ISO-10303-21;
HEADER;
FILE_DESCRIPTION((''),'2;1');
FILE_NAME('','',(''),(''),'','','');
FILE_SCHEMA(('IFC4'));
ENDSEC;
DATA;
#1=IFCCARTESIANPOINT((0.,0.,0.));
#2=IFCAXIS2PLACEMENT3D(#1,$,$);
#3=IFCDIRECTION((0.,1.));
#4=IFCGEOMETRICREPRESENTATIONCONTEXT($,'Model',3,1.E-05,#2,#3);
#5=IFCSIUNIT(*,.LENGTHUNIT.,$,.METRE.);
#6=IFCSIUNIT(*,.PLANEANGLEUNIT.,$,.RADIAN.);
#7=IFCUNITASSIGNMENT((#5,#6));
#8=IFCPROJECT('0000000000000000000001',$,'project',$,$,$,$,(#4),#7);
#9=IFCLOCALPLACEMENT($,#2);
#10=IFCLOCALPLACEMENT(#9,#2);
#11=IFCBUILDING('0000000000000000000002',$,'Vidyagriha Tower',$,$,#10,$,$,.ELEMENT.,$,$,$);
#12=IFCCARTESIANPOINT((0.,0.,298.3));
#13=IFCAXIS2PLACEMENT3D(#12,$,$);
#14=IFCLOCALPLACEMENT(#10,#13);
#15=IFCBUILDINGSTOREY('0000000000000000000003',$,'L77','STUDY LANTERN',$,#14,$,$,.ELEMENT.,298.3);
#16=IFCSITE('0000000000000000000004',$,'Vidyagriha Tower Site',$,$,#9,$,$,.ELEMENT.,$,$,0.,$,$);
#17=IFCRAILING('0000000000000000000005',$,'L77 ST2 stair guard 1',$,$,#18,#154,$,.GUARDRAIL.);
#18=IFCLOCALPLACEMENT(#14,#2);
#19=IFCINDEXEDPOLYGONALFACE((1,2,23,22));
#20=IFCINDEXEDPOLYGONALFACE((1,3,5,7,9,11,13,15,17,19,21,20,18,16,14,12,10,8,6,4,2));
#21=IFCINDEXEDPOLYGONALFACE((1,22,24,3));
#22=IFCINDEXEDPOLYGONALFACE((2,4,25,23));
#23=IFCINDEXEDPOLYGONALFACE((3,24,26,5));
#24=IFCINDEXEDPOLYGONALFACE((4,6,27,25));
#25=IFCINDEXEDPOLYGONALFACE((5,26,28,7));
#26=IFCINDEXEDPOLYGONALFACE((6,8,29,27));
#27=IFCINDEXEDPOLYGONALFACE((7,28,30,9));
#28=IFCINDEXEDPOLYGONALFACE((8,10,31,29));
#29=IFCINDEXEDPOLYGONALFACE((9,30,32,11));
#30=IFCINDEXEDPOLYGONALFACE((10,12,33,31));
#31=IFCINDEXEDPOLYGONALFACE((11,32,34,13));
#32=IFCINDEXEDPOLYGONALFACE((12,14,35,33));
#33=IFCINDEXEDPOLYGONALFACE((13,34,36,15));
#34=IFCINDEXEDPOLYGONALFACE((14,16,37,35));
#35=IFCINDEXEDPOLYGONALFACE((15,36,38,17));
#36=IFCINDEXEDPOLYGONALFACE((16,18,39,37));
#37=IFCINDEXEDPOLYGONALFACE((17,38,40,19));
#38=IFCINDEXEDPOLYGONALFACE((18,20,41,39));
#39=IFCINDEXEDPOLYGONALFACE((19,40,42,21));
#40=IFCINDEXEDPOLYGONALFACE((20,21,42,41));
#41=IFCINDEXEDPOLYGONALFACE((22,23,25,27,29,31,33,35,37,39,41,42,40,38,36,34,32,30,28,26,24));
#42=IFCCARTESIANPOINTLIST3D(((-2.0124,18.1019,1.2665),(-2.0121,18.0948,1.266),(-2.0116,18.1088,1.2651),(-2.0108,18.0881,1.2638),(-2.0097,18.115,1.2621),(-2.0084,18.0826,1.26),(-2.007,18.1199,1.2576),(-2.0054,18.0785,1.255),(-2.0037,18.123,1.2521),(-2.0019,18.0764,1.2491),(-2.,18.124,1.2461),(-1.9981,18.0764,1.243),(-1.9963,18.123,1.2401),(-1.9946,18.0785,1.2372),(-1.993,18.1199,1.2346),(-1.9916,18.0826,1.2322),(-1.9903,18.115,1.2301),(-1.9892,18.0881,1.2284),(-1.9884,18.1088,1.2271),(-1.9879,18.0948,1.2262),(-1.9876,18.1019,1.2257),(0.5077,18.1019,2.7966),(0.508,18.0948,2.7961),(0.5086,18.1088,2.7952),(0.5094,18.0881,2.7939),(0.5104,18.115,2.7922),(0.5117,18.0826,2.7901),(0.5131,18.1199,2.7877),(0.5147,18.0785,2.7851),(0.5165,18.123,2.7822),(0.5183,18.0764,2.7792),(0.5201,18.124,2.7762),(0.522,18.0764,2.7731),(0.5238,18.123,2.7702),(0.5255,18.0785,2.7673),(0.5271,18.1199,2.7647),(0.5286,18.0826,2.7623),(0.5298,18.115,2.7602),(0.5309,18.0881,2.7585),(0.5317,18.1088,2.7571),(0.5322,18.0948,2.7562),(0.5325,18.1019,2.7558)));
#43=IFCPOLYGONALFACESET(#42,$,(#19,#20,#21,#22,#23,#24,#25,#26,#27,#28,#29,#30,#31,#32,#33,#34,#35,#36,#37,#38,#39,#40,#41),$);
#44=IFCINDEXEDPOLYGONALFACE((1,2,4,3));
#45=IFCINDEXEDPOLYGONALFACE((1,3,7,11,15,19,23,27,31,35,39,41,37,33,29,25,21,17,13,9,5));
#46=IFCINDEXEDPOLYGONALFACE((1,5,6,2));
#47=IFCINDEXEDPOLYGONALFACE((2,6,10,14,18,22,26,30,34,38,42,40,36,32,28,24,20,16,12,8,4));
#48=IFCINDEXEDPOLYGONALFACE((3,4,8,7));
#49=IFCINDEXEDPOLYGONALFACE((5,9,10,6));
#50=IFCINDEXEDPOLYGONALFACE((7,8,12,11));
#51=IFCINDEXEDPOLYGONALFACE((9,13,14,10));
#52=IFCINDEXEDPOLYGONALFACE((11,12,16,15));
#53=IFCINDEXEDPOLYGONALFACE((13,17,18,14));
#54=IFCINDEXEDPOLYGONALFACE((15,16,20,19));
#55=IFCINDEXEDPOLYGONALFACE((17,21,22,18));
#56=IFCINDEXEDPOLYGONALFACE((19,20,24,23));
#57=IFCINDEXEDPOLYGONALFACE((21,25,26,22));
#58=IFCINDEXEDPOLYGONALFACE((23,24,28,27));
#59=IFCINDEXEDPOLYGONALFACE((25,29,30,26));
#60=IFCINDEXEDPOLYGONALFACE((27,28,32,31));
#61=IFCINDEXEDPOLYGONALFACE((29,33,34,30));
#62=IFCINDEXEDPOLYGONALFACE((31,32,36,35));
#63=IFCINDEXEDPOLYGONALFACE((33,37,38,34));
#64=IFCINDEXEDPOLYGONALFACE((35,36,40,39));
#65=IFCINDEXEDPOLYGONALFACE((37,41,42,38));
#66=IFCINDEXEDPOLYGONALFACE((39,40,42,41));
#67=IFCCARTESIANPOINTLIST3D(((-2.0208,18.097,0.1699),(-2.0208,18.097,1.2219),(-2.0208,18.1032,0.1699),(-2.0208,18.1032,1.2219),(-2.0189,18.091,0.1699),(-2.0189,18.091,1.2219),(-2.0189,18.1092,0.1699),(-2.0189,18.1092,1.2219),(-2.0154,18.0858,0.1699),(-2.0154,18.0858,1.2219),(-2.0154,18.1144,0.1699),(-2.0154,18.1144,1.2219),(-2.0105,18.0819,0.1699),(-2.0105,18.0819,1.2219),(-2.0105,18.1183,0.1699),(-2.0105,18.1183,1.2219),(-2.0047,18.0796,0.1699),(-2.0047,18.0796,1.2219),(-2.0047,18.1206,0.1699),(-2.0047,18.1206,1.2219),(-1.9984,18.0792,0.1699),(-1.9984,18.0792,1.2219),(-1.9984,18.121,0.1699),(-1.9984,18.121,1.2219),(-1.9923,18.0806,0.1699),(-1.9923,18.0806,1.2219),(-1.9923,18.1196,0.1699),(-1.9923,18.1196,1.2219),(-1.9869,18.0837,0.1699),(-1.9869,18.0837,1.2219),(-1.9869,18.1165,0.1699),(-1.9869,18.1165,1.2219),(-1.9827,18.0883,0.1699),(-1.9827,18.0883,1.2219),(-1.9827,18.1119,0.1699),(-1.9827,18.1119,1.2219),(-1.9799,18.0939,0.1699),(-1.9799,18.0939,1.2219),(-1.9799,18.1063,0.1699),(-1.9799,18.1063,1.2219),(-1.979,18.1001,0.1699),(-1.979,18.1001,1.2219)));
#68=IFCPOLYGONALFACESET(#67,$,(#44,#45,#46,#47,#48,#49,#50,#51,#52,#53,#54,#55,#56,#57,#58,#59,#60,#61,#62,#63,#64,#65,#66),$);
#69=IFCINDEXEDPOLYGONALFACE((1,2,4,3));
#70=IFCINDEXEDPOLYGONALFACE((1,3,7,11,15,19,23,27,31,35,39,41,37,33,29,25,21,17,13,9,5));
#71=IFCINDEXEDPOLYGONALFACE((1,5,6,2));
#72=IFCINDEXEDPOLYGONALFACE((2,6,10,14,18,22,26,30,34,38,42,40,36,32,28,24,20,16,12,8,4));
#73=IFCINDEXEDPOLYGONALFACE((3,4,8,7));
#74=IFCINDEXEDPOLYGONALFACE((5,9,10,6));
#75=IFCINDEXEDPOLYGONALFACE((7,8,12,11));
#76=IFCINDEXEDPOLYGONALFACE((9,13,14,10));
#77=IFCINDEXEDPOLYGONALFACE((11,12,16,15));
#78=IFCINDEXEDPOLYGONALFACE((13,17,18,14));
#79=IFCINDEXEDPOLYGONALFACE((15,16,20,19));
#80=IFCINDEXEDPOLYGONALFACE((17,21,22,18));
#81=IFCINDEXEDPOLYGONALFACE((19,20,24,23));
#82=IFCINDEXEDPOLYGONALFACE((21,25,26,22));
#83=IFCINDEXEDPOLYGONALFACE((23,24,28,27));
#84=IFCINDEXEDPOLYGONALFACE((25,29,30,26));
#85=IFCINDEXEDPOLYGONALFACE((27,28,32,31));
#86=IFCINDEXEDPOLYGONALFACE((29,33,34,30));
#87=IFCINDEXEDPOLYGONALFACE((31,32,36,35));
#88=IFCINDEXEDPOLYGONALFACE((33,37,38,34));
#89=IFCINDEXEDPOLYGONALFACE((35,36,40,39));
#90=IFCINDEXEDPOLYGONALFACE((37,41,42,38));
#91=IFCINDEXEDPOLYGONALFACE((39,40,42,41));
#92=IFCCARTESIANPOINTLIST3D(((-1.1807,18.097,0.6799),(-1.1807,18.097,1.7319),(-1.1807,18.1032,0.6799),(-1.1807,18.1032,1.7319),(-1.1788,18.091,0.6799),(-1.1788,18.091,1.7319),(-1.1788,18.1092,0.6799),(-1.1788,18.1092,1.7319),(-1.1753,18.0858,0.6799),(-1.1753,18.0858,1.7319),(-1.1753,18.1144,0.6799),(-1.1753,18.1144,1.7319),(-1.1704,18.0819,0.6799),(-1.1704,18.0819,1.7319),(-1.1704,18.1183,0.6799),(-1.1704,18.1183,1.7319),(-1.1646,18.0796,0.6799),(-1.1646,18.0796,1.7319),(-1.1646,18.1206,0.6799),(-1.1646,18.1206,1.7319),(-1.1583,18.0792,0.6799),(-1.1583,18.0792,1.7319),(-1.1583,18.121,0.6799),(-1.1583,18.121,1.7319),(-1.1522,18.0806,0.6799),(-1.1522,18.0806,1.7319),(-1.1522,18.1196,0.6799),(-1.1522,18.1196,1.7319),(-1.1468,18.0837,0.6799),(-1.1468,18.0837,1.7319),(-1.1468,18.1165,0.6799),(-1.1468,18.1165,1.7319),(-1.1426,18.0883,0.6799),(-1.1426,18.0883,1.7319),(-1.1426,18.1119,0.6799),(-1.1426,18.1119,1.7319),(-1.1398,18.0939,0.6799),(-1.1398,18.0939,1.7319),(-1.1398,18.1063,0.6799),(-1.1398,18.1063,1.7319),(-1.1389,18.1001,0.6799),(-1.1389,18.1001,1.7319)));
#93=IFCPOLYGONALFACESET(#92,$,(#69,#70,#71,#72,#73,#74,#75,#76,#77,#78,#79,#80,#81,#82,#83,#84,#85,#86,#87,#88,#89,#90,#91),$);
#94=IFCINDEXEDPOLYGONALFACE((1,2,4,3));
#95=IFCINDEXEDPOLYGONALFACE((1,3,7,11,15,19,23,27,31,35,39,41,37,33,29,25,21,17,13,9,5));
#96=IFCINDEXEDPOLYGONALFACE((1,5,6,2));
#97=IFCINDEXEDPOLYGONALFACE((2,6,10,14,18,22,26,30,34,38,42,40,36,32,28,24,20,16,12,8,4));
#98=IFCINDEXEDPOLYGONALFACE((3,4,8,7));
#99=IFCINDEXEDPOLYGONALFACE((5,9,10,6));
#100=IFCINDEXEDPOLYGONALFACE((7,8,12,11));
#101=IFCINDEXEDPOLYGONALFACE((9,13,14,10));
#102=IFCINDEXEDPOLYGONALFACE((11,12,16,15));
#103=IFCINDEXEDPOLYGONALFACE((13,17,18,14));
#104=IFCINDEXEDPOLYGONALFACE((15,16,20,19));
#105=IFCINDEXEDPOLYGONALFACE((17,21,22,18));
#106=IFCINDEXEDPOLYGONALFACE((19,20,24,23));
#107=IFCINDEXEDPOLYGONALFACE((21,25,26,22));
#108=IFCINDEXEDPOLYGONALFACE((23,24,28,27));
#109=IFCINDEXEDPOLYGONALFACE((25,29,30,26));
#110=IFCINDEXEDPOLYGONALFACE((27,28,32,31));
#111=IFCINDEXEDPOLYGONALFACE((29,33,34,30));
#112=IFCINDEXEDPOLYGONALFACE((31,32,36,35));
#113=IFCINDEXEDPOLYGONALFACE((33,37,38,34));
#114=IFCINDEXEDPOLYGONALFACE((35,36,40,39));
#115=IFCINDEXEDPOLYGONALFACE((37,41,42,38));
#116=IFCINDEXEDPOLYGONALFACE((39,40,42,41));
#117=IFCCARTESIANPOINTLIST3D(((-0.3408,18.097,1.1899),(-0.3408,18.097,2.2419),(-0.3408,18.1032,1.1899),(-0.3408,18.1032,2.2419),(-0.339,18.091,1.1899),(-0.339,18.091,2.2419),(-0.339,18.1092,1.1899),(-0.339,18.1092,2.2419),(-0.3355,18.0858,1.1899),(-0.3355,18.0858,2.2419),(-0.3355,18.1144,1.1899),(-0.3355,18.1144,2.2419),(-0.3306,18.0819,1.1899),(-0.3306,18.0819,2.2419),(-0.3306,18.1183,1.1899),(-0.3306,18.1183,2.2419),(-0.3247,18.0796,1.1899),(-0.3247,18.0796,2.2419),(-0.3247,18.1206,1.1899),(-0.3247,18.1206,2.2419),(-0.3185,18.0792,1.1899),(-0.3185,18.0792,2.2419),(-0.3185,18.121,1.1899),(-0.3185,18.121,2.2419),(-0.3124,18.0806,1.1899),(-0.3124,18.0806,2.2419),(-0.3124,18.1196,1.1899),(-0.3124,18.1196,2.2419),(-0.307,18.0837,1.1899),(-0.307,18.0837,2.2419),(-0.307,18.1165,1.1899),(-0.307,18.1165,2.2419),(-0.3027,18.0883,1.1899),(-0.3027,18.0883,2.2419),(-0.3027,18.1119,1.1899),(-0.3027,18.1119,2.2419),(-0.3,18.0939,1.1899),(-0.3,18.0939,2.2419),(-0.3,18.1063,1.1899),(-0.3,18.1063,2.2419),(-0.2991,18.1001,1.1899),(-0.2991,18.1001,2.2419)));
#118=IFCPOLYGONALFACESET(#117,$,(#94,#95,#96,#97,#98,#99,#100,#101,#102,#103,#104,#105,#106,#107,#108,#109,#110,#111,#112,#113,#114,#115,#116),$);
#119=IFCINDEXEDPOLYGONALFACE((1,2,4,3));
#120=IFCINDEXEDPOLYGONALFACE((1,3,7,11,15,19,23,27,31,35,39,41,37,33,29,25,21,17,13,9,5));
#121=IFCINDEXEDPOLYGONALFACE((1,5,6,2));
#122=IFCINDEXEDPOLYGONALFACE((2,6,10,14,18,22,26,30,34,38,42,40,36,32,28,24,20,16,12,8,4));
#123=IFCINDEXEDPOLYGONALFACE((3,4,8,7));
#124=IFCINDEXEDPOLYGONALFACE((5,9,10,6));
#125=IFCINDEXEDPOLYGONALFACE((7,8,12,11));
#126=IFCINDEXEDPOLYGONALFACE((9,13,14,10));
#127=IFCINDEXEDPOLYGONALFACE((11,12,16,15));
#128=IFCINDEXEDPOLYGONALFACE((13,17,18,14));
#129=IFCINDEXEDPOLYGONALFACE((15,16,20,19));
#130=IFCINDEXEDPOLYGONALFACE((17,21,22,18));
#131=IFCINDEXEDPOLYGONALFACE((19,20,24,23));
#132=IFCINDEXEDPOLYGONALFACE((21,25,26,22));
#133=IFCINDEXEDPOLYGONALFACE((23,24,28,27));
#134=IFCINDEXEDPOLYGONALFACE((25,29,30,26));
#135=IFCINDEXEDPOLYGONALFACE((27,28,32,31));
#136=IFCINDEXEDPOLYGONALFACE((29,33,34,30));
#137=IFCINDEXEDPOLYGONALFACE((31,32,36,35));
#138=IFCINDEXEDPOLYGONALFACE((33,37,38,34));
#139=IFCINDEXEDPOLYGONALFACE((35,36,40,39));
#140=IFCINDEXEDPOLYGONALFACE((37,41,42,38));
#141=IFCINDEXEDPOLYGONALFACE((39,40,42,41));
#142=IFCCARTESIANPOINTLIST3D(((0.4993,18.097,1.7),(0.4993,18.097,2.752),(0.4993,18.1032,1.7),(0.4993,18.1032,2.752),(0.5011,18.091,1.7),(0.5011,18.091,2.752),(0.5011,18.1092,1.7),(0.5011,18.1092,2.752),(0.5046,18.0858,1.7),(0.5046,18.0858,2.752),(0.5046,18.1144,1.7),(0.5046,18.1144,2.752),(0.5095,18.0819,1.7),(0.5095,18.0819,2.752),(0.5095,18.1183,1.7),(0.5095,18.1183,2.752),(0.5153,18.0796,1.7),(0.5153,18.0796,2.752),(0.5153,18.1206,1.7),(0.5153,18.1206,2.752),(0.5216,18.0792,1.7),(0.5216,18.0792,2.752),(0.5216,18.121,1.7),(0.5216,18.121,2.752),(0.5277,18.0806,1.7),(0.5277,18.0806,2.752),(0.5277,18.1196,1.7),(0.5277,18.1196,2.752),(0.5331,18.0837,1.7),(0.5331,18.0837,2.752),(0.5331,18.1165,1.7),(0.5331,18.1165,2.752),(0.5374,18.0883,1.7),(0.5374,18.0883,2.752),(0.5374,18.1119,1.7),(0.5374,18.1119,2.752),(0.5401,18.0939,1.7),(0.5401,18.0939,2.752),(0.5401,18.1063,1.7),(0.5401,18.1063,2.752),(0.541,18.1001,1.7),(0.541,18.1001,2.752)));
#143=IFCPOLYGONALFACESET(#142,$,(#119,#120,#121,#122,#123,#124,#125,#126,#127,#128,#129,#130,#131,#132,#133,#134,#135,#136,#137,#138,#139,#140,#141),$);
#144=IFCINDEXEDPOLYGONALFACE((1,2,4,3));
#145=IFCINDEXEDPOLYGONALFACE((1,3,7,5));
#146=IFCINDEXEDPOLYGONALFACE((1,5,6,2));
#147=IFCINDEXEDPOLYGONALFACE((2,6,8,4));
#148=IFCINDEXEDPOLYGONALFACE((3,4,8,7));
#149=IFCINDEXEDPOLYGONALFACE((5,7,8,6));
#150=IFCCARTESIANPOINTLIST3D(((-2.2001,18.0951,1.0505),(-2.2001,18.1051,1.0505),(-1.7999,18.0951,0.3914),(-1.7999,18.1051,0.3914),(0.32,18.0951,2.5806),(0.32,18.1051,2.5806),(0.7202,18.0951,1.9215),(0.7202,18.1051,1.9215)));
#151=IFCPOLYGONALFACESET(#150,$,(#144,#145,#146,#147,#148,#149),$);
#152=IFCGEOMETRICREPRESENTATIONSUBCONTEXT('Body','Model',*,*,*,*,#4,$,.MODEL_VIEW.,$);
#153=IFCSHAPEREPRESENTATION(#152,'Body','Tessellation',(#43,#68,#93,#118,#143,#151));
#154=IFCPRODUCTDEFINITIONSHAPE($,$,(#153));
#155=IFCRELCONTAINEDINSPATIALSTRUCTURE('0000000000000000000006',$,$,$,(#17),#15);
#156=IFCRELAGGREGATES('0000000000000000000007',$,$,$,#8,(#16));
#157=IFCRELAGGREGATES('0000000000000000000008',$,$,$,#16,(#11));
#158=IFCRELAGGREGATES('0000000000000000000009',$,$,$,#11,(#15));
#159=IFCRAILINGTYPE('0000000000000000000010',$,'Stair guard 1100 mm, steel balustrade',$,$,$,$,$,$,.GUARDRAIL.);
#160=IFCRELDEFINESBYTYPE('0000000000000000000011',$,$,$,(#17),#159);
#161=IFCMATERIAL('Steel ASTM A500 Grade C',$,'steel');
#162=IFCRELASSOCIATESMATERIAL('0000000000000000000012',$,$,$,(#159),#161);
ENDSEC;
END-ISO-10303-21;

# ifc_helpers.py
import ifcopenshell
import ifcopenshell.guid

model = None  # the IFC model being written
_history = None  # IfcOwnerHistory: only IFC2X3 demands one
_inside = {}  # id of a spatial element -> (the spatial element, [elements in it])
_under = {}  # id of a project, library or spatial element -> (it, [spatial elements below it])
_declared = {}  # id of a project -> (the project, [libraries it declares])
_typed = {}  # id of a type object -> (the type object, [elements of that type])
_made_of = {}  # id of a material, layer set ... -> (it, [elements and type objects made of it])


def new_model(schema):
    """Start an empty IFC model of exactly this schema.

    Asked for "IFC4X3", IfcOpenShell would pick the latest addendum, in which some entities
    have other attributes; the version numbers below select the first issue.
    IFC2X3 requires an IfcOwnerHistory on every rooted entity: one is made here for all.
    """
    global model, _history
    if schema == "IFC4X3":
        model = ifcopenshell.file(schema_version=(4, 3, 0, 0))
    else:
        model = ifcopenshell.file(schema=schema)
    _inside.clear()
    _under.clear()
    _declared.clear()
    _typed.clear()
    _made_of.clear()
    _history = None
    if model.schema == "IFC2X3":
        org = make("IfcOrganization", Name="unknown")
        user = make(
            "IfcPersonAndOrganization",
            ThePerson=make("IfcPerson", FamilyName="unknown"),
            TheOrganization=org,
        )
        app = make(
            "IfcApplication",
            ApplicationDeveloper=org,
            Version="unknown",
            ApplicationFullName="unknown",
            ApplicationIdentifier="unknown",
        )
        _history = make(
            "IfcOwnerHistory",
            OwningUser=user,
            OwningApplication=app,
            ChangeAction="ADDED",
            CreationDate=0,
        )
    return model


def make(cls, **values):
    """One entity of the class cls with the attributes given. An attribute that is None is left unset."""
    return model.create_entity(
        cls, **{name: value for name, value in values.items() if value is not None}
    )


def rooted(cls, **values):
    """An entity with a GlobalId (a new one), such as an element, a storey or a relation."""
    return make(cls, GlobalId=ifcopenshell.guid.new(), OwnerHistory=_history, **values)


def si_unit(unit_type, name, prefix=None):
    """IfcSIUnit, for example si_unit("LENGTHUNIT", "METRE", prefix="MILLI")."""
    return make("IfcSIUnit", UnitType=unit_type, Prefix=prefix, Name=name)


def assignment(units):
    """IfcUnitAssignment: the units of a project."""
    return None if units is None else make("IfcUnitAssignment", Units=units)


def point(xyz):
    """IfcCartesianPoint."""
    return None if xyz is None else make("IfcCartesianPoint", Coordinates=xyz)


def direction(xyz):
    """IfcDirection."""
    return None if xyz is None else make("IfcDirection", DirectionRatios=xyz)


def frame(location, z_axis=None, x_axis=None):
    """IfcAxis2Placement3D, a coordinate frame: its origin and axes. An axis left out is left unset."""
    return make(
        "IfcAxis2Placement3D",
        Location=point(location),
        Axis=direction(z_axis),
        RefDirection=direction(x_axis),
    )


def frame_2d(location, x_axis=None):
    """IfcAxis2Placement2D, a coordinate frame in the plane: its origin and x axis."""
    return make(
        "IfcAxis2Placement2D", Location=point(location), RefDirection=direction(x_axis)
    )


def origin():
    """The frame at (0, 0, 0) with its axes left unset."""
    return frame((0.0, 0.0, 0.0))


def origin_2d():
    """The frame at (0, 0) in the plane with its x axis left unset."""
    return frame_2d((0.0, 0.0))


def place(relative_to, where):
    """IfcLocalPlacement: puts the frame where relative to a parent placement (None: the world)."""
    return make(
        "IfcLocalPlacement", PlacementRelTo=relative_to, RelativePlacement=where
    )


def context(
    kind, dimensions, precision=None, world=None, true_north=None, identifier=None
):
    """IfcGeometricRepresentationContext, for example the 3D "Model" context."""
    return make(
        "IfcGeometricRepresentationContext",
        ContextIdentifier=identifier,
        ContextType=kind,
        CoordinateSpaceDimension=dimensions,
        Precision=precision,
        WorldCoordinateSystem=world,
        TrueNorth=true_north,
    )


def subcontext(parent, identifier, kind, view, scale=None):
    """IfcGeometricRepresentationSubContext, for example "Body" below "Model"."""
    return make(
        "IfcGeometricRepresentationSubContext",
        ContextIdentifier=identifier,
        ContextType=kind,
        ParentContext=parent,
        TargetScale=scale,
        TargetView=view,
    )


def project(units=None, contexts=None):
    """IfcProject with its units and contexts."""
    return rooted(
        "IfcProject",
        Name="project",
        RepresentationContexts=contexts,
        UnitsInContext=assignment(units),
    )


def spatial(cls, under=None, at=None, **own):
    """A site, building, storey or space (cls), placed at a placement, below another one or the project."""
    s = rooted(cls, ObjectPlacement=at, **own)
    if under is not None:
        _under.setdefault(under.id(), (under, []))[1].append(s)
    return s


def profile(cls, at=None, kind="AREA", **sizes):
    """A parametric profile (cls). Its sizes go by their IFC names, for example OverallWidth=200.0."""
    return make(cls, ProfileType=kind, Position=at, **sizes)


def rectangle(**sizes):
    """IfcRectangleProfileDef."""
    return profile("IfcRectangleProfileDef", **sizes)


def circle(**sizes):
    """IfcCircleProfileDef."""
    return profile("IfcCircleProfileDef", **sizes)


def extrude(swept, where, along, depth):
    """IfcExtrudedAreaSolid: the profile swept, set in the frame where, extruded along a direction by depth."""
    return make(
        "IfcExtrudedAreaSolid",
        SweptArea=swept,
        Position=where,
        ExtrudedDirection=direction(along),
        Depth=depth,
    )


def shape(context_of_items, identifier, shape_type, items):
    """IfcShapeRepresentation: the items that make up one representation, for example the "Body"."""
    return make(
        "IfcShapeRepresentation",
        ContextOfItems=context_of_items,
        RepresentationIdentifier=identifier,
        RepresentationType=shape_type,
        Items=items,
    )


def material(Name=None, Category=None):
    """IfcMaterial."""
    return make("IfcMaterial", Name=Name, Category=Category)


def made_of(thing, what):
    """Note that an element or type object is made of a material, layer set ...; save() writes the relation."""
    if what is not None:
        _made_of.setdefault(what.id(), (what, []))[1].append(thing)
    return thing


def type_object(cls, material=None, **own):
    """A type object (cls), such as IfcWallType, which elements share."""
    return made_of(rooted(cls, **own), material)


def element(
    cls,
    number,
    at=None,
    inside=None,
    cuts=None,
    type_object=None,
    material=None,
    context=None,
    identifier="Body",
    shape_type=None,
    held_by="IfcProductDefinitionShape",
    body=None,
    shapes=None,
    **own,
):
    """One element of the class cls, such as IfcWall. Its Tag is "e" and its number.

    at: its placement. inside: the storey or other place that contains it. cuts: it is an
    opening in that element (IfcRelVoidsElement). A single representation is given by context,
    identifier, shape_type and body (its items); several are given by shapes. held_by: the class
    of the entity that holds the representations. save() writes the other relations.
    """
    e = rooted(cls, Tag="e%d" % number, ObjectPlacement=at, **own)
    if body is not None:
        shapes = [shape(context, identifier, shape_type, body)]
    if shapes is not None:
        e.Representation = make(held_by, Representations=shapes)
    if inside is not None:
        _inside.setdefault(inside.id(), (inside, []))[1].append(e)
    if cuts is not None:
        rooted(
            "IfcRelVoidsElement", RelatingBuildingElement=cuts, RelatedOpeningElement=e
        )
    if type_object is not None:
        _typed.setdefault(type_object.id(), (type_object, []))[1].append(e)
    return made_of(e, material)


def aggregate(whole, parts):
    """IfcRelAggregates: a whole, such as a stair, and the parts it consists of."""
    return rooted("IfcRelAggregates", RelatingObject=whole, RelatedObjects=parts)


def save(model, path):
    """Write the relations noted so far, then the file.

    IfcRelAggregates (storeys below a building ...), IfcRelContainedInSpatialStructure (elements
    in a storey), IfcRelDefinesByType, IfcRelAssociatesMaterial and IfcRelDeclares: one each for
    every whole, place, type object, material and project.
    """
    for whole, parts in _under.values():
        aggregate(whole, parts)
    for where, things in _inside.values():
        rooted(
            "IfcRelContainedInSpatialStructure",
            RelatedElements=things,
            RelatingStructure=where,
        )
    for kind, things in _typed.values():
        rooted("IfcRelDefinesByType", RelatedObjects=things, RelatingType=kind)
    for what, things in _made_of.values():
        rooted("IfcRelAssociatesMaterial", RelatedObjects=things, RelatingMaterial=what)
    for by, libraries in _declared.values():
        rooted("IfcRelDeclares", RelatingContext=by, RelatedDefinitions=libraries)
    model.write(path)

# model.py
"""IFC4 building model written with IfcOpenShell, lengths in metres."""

from ifc_helpers import new_model, si_unit, direction, frame, origin, origin_2d, place, context, subcontext, project, spatial, rectangle, circle, extrude, material, type_object, element, save


model = new_model("IFC4")

# Units and contexts
model_context = context("Model", 3, precision=1e-05, world=origin(), true_north=direction((0.0, 1.0)))
body_context = subcontext(model_context, "Body", "Model", "MODEL_VIEW")
ifc_project = project(units=[si_unit("LENGTHUNIT", "METRE"), si_unit("PLANEANGLEUNIT", "RADIAN")], contexts=[model_context])

# Site, building, storey
site_placement = place(None, origin())
site = spatial("IfcSite", under=ifc_project, at=site_placement, Name="Vidyagriha Tower Site", CompositionType="ELEMENT", RefElevation=0.0)
building_placement = place(site_placement, origin())
building = spatial("IfcBuilding", under=site, at=building_placement, Name="Vidyagriha Tower", CompositionType="ELEMENT")
storey_placement = place(building_placement, frame((0.0, 0.0, 298.3)))
storey = spatial("IfcBuildingStorey", under=building, at=storey_placement, Name="L77", Description="STUDY LANTERN", CompositionType="ELEMENT", Elevation=298.3)

# Railing
ifc_material_1 = material(Name="Steel ASTM A500 Grade C", Category="steel")
railing_type_1 = type_object("IfcRailingType", Name="Stair guard 1100 mm, steel balustrade", PredefinedType="GUARDRAIL", material=ifc_material_1)
railing_1_placement = place(storey_placement, frame((-2.0, 18.1001, 0.1699)))
element("IfcRailing", 1, at=railing_1_placement, inside=storey, type_object=railing_type_1, Name="L77 ST2 stair guard 1", PredefinedType="GUARDRAIL", context=body_context, shape_type="SweptSolid", body=[
    extrude(circle(Radius=0.0239, at=origin_2d()), frame((0.0, 0.0, 1.0762), z_axis=(0.854785, 0.0, 0.518982), x_axis=(0.0, 1.0, 0.0)), (0.0, 0.0, 1.0), 2.9482),
    extrude(circle(Radius=0.021, at=origin_2d()), origin(), (0.0, 0.0, 1.0), 1.052),
    extrude(circle(Radius=0.021, at=origin_2d()), frame((0.8401, 0.0, 0.51)), (0.0, 0.0, 1.0), 1.052),
    extrude(circle(Radius=0.021, at=origin_2d()), frame((1.6799, 0.0, 1.02)), (0.0, 0.0, 1.0), 1.052),
    extrude(circle(Radius=0.021, at=origin_2d()), frame((2.52, 0.0, 1.53)), (0.0, 0.0, 1.0), 1.052),
    extrude(rectangle(XDim=0.01, YDim=0.771, at=origin_2d()), frame((0.0, 0.0, 0.551), z_axis=(0.854785, 0.0, 0.518982), x_axis=(0.0, 1.0, 0.0)), (0.0, 0.0, 1.0), 2.9482),
])

save(model, "model.ifc")
